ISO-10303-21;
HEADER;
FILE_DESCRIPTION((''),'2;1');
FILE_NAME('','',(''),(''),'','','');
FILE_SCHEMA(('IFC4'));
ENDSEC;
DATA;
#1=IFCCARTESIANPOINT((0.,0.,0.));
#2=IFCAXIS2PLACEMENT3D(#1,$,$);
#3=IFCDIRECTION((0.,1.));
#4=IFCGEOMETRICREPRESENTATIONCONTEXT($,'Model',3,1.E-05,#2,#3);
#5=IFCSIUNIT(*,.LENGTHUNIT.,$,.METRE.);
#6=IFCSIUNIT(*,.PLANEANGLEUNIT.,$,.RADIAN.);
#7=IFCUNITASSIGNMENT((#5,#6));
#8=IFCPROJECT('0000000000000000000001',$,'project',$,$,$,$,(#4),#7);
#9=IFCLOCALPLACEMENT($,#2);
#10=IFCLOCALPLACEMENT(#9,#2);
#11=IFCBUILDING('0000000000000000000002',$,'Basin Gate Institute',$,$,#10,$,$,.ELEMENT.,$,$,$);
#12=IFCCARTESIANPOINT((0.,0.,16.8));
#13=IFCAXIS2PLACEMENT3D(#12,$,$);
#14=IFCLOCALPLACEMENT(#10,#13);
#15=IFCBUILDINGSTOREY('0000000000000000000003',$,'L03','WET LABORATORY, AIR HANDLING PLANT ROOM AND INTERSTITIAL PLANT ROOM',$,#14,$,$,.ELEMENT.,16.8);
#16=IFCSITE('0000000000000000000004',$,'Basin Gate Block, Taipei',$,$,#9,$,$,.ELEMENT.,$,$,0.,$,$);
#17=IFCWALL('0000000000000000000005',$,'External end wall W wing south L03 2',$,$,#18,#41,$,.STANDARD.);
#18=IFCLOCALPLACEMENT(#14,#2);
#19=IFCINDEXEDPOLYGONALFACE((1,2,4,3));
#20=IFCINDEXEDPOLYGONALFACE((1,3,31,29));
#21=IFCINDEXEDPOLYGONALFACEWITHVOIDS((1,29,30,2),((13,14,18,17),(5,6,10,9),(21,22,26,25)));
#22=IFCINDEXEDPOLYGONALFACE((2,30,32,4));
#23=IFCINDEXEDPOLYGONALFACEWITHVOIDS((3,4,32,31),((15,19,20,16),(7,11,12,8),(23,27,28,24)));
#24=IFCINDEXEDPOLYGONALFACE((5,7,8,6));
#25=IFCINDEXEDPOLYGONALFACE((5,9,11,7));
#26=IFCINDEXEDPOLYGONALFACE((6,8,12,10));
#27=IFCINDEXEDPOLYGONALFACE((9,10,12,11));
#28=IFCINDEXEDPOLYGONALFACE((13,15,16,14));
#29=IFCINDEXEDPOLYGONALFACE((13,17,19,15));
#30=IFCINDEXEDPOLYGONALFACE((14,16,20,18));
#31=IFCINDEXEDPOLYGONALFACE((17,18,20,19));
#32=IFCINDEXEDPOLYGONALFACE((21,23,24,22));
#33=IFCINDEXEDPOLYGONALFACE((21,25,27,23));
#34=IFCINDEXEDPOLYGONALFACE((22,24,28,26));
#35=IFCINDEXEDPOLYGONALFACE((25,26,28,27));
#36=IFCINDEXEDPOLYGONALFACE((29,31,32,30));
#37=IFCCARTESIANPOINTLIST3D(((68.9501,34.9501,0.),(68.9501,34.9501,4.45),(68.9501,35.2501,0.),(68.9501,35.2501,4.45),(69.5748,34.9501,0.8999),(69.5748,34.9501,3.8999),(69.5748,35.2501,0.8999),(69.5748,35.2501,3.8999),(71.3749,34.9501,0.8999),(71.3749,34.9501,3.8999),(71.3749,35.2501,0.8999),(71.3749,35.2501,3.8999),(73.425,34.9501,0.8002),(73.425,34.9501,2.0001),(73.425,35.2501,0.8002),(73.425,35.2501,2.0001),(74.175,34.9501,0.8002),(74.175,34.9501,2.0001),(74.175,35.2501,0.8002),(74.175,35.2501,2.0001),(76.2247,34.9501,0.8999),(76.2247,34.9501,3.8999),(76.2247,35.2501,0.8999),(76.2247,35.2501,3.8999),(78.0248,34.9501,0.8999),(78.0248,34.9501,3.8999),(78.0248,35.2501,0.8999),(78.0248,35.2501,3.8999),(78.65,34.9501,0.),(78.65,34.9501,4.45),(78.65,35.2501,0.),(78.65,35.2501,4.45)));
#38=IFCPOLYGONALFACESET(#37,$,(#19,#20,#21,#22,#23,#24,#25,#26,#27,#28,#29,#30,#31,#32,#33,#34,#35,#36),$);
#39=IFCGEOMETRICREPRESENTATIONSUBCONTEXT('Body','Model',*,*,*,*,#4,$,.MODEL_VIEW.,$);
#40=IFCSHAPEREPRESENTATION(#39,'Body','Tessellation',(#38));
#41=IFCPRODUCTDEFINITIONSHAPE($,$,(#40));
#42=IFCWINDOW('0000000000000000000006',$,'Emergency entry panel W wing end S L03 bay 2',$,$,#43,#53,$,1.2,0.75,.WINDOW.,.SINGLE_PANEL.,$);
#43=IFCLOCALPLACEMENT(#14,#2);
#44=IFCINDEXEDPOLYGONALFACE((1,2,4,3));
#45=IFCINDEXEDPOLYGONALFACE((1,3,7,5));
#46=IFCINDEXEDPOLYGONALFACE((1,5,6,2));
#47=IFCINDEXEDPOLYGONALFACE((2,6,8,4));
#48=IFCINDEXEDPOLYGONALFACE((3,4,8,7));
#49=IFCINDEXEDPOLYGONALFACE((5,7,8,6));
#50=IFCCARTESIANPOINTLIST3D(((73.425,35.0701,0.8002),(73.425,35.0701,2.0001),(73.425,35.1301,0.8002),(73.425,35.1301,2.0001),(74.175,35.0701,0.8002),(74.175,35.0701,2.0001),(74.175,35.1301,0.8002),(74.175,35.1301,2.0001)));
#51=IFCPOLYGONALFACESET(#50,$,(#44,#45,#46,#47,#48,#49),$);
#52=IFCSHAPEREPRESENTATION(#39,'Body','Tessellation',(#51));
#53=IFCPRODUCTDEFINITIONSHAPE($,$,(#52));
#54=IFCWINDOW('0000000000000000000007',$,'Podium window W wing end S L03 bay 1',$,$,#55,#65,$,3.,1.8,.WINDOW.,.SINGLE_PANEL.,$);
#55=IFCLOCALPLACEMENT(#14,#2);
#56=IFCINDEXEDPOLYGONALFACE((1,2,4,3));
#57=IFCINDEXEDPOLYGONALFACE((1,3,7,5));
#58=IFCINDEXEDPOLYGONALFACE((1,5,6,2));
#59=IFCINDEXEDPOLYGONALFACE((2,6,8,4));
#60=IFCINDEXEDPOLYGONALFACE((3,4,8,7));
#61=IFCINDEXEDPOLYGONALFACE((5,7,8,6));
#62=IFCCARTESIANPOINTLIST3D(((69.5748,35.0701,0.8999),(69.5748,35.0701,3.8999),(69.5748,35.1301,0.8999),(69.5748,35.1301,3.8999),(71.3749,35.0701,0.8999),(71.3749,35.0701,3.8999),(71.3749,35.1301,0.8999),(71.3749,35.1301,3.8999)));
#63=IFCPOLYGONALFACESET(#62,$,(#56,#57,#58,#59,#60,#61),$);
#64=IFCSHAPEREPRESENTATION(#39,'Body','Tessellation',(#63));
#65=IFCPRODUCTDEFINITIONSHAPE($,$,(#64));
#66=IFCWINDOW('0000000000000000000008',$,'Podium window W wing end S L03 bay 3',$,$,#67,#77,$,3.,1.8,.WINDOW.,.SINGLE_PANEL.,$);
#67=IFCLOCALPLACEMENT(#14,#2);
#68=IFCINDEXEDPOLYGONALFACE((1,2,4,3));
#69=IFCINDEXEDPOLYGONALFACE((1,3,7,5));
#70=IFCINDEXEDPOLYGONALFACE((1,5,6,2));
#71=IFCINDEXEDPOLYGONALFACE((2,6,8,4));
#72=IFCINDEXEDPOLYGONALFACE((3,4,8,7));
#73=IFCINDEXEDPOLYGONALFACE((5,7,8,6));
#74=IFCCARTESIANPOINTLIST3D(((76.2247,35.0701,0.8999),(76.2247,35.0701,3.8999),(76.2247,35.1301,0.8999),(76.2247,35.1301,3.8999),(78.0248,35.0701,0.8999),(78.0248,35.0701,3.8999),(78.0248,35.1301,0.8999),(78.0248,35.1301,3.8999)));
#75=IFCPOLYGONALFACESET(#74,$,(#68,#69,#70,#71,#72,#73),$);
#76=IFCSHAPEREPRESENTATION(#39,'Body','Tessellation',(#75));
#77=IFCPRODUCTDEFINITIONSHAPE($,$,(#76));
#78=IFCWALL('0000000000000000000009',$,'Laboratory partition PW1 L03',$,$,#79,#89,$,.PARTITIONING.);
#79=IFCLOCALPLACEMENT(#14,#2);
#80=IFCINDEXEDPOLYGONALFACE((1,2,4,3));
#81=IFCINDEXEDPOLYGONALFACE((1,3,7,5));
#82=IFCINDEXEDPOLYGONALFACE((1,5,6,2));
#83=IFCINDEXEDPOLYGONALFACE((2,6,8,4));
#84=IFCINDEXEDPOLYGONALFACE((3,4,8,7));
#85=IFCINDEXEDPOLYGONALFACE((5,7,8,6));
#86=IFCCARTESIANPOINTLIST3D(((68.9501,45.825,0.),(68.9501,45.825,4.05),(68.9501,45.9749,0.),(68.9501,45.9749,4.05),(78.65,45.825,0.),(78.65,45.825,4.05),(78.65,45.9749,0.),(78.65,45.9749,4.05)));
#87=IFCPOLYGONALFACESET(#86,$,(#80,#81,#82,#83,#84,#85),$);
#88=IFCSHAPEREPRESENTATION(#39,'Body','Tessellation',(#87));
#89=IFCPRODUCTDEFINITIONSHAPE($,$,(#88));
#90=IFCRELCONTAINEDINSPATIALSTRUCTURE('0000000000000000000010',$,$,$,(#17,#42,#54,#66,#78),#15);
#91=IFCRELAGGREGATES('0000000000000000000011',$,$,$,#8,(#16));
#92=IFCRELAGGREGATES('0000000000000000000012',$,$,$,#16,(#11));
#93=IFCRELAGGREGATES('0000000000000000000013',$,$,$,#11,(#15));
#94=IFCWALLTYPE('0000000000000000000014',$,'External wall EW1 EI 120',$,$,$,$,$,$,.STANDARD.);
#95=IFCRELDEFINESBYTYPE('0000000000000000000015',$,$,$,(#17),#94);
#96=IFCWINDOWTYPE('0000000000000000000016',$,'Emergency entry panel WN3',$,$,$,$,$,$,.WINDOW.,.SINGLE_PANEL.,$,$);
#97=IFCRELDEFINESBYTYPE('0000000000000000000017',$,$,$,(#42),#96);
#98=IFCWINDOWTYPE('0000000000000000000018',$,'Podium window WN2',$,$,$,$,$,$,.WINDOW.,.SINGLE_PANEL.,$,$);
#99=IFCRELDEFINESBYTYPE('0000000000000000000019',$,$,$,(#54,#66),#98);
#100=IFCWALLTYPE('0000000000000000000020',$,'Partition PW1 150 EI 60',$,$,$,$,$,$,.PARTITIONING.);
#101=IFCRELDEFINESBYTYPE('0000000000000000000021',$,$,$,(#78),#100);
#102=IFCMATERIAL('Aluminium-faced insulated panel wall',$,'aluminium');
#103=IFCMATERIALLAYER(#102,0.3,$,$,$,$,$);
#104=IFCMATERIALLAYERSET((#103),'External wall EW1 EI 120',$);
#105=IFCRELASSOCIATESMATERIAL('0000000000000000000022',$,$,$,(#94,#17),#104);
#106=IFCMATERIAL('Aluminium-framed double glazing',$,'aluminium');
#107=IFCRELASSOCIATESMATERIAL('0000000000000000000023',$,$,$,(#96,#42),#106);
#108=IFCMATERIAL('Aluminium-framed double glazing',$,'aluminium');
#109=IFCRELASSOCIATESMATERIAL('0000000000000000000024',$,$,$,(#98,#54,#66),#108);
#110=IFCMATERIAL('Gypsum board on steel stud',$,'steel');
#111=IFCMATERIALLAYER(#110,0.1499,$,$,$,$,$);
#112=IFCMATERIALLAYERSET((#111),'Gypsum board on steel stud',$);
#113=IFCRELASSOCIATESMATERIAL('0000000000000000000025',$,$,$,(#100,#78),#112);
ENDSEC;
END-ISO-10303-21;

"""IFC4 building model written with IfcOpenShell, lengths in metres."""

from ifc_helpers import new_model, si_unit, direction, frame, frame_2d, origin, place, context, subcontext, project, spatial, rectangle, extrude, material, layer, layer_set, type_object, element, fill, save


model = new_model("IFC4")

# Units and contexts
model_context = context("Model", 3, precision=1e-05, world=origin(), true_north=direction((0.0, 1.0)))
body_context = subcontext(model_context, "Body", "Model", "MODEL_VIEW")
ifc_project = project(units=[si_unit("LENGTHUNIT", "METRE"), si_unit("PLANEANGLEUNIT", "RADIAN")], contexts=[model_context])

# Site, building, storey
site_placement = place(None, origin())
site = spatial("IfcSite", under=ifc_project, at=site_placement, Name="Basin Gate Block, Taipei", CompositionType="ELEMENT", RefElevation=0.0)
building_placement = place(site_placement, origin())
building = spatial("IfcBuilding", under=site, at=building_placement, Name="Basin Gate Institute", CompositionType="ELEMENT")
storey_placement = place(building_placement, frame((0.0, 0.0, 16.8)))
storey = spatial("IfcBuildingStorey", under=building, at=storey_placement, Name="L03", Description="WET LABORATORY, AIR HANDLING PLANT ROOM AND INTERSTITIAL PLANT ROOM", CompositionType="ELEMENT", Elevation=16.8)

# Wall, openings, windows
ifc_material_1 = material(Name="Aluminium-faced insulated panel wall", Category="aluminium")
ifc_layer_1 = layer(ifc_material_1, 0.3)
ifc_layer_set_1 = layer_set([ifc_layer_1], Name="External wall EW1 EI 120")
wall_type_1 = type_object("IfcWallType", Name="External wall EW1 EI 120", PredefinedType="STANDARD", material=ifc_layer_set_1)
wall_1_placement = place(storey_placement, frame((68.95, 35.1001, 0.0), z_axis=(0.0, 0.0, 1.0), x_axis=(1.0, 0.0, 0.0)))
wall_1 = element("IfcWall", 1, at=wall_1_placement, inside=storey, type_object=wall_type_1, material=ifc_layer_set_1, Name="External end wall W wing south L03 2", PredefinedType="STANDARD", context=body_context, shape_type="SweptSolid", body=[
    extrude(rectangle(XDim=9.7, YDim=0.3, at=frame_2d((4.8501, 0.0))), origin(), (0.0, 0.0, 1.0), 4.45),
])
opening_1_placement = place(wall_1_placement, frame((0.625, 0.0, 0.8999)))
opening_1 = element("IfcOpeningElement", 2, at=opening_1_placement, cuts=wall_1, PredefinedType="OPENING", context=body_context, shape_type="SweptSolid", body=[
    extrude(rectangle(XDim=1.8, YDim=3.0, at=frame_2d((0.8999, 1.5))), frame((0.0, 0.1602, 0.0), z_axis=(0.0, -1.0, 0.0), x_axis=(1.0, 0.0, 0.0)), (0.0, 0.0, 1.0), 0.3201),
])
opening_2_placement = place(wall_1_placement, frame((4.4751, 0.0, 0.8)))
opening_2 = element("IfcOpeningElement", 3, at=opening_2_placement, cuts=wall_1, PredefinedType="OPENING", context=body_context, shape_type="SweptSolid", body=[
    extrude(rectangle(XDim=0.75, YDim=1.2, at=frame_2d((0.375, 0.6001))), frame((0.0, 0.1602, 0.0), z_axis=(0.0, -1.0, 0.0), x_axis=(1.0, 0.0, 0.0)), (0.0, 0.0, 1.0), 0.3201),
])
opening_3_placement = place(wall_1_placement, frame((7.2749, 0.0, 0.8999)))
opening_3 = element("IfcOpeningElement", 4, at=opening_3_placement, cuts=wall_1, PredefinedType="OPENING", context=body_context, shape_type="SweptSolid", body=[
    extrude(rectangle(XDim=1.8, YDim=3.0, at=frame_2d((0.8999, 1.5))), frame((0.0, 0.1602, 0.0), z_axis=(0.0, -1.0, 0.0), x_axis=(1.0, 0.0, 0.0)), (0.0, 0.0, 1.0), 0.3201),
])
ifc_material_2 = material(Name="Aluminium-framed double glazing", Category="aluminium")
window_type_1 = type_object("IfcWindowType", Name="Emergency entry panel WN3", PartitioningType="SINGLE_PANEL", PredefinedType="WINDOW", material=ifc_material_2)
window_1_placement = place(opening_2_placement, origin())
window_1 = element("IfcWindow", 5, at=window_1_placement, inside=storey, type_object=window_type_1, material=ifc_material_2, Name="Emergency entry panel W wing end S L03 bay 2", OverallHeight=1.2, OverallWidth=0.75, PartitioningType="SINGLE_PANEL", PredefinedType="WINDOW", context=body_context, shape_type="SweptSolid", body=[
    extrude(rectangle(XDim=0.75, YDim=1.2, at=frame_2d((0.375, 0.6001))), frame((0.0, 0.03, 0.0), z_axis=(0.0, -1.0, 0.0), x_axis=(1.0, 0.0, 0.0)), (0.0, 0.0, 1.0), 0.0601),
])
fill(opening_2, window_1)
ifc_material_3 = material(Name="Aluminium-framed double glazing", Category="aluminium")
window_type_2 = type_object("IfcWindowType", Name="Podium window WN2", PartitioningType="SINGLE_PANEL", PredefinedType="WINDOW", material=ifc_material_3)
window_2_placement = place(opening_1_placement, origin())
window_2 = element("IfcWindow", 6, at=window_2_placement, inside=storey, type_object=window_type_2, material=ifc_material_3, Name="Podium window W wing end S L03 bay 1", OverallHeight=3.0, OverallWidth=1.8, PartitioningType="SINGLE_PANEL", PredefinedType="WINDOW", context=body_context, shape_type="SweptSolid", body=[
    extrude(rectangle(XDim=1.8, YDim=3.0, at=frame_2d((0.8999, 1.5))), frame((0.0, 0.03, 0.0), z_axis=(0.0, -1.0, 0.0), x_axis=(1.0, 0.0, 0.0)), (0.0, 0.0, 1.0), 0.0601),
])
fill(opening_1, window_2)
window_3_placement = place(opening_3_placement, origin())
window_3 = element("IfcWindow", 7, at=window_3_placement, inside=storey, type_object=window_type_2, material=ifc_material_3, Name="Podium window W wing end S L03 bay 3", OverallHeight=3.0, OverallWidth=1.8, PartitioningType="SINGLE_PANEL", PredefinedType="WINDOW", context=body_context, shape_type="SweptSolid", body=[
    extrude(rectangle(XDim=1.8, YDim=3.0, at=frame_2d((0.8999, 1.5))), frame((0.0, 0.03, 0.0), z_axis=(0.0, -1.0, 0.0), x_axis=(1.0, 0.0, 0.0)), (0.0, 0.0, 1.0), 0.0601),
])
fill(opening_3, window_3)

# Wall
ifc_material_4 = material(Name="Gypsum board on steel stud", Category="steel")
ifc_layer_2 = layer(ifc_material_4, 0.1499)
ifc_layer_set_2 = layer_set([ifc_layer_2], Name="Gypsum board on steel stud")
wall_type_2 = type_object("IfcWallType", Name="Partition PW1 150 EI 60", PredefinedType="PARTITIONING", material=ifc_layer_set_2)
wall_2_placement = place(storey_placement, frame((68.95, 45.8999, 0.0), z_axis=(0.0, 0.0, 1.0), x_axis=(1.0, 0.0, 0.0)))
element("IfcWall", 8, at=wall_2_placement, inside=storey, type_object=wall_type_2, material=ifc_layer_set_2, Name="Laboratory partition PW1 L03", PredefinedType="PARTITIONING", context=body_context, shape_type="SweptSolid", body=[
    extrude(rectangle(XDim=9.7, YDim=0.1499, at=frame_2d((4.8501, 0.0))), origin(), (0.0, 0.0, 1.0), 4.05),
])

save(model, "model.ifc")
